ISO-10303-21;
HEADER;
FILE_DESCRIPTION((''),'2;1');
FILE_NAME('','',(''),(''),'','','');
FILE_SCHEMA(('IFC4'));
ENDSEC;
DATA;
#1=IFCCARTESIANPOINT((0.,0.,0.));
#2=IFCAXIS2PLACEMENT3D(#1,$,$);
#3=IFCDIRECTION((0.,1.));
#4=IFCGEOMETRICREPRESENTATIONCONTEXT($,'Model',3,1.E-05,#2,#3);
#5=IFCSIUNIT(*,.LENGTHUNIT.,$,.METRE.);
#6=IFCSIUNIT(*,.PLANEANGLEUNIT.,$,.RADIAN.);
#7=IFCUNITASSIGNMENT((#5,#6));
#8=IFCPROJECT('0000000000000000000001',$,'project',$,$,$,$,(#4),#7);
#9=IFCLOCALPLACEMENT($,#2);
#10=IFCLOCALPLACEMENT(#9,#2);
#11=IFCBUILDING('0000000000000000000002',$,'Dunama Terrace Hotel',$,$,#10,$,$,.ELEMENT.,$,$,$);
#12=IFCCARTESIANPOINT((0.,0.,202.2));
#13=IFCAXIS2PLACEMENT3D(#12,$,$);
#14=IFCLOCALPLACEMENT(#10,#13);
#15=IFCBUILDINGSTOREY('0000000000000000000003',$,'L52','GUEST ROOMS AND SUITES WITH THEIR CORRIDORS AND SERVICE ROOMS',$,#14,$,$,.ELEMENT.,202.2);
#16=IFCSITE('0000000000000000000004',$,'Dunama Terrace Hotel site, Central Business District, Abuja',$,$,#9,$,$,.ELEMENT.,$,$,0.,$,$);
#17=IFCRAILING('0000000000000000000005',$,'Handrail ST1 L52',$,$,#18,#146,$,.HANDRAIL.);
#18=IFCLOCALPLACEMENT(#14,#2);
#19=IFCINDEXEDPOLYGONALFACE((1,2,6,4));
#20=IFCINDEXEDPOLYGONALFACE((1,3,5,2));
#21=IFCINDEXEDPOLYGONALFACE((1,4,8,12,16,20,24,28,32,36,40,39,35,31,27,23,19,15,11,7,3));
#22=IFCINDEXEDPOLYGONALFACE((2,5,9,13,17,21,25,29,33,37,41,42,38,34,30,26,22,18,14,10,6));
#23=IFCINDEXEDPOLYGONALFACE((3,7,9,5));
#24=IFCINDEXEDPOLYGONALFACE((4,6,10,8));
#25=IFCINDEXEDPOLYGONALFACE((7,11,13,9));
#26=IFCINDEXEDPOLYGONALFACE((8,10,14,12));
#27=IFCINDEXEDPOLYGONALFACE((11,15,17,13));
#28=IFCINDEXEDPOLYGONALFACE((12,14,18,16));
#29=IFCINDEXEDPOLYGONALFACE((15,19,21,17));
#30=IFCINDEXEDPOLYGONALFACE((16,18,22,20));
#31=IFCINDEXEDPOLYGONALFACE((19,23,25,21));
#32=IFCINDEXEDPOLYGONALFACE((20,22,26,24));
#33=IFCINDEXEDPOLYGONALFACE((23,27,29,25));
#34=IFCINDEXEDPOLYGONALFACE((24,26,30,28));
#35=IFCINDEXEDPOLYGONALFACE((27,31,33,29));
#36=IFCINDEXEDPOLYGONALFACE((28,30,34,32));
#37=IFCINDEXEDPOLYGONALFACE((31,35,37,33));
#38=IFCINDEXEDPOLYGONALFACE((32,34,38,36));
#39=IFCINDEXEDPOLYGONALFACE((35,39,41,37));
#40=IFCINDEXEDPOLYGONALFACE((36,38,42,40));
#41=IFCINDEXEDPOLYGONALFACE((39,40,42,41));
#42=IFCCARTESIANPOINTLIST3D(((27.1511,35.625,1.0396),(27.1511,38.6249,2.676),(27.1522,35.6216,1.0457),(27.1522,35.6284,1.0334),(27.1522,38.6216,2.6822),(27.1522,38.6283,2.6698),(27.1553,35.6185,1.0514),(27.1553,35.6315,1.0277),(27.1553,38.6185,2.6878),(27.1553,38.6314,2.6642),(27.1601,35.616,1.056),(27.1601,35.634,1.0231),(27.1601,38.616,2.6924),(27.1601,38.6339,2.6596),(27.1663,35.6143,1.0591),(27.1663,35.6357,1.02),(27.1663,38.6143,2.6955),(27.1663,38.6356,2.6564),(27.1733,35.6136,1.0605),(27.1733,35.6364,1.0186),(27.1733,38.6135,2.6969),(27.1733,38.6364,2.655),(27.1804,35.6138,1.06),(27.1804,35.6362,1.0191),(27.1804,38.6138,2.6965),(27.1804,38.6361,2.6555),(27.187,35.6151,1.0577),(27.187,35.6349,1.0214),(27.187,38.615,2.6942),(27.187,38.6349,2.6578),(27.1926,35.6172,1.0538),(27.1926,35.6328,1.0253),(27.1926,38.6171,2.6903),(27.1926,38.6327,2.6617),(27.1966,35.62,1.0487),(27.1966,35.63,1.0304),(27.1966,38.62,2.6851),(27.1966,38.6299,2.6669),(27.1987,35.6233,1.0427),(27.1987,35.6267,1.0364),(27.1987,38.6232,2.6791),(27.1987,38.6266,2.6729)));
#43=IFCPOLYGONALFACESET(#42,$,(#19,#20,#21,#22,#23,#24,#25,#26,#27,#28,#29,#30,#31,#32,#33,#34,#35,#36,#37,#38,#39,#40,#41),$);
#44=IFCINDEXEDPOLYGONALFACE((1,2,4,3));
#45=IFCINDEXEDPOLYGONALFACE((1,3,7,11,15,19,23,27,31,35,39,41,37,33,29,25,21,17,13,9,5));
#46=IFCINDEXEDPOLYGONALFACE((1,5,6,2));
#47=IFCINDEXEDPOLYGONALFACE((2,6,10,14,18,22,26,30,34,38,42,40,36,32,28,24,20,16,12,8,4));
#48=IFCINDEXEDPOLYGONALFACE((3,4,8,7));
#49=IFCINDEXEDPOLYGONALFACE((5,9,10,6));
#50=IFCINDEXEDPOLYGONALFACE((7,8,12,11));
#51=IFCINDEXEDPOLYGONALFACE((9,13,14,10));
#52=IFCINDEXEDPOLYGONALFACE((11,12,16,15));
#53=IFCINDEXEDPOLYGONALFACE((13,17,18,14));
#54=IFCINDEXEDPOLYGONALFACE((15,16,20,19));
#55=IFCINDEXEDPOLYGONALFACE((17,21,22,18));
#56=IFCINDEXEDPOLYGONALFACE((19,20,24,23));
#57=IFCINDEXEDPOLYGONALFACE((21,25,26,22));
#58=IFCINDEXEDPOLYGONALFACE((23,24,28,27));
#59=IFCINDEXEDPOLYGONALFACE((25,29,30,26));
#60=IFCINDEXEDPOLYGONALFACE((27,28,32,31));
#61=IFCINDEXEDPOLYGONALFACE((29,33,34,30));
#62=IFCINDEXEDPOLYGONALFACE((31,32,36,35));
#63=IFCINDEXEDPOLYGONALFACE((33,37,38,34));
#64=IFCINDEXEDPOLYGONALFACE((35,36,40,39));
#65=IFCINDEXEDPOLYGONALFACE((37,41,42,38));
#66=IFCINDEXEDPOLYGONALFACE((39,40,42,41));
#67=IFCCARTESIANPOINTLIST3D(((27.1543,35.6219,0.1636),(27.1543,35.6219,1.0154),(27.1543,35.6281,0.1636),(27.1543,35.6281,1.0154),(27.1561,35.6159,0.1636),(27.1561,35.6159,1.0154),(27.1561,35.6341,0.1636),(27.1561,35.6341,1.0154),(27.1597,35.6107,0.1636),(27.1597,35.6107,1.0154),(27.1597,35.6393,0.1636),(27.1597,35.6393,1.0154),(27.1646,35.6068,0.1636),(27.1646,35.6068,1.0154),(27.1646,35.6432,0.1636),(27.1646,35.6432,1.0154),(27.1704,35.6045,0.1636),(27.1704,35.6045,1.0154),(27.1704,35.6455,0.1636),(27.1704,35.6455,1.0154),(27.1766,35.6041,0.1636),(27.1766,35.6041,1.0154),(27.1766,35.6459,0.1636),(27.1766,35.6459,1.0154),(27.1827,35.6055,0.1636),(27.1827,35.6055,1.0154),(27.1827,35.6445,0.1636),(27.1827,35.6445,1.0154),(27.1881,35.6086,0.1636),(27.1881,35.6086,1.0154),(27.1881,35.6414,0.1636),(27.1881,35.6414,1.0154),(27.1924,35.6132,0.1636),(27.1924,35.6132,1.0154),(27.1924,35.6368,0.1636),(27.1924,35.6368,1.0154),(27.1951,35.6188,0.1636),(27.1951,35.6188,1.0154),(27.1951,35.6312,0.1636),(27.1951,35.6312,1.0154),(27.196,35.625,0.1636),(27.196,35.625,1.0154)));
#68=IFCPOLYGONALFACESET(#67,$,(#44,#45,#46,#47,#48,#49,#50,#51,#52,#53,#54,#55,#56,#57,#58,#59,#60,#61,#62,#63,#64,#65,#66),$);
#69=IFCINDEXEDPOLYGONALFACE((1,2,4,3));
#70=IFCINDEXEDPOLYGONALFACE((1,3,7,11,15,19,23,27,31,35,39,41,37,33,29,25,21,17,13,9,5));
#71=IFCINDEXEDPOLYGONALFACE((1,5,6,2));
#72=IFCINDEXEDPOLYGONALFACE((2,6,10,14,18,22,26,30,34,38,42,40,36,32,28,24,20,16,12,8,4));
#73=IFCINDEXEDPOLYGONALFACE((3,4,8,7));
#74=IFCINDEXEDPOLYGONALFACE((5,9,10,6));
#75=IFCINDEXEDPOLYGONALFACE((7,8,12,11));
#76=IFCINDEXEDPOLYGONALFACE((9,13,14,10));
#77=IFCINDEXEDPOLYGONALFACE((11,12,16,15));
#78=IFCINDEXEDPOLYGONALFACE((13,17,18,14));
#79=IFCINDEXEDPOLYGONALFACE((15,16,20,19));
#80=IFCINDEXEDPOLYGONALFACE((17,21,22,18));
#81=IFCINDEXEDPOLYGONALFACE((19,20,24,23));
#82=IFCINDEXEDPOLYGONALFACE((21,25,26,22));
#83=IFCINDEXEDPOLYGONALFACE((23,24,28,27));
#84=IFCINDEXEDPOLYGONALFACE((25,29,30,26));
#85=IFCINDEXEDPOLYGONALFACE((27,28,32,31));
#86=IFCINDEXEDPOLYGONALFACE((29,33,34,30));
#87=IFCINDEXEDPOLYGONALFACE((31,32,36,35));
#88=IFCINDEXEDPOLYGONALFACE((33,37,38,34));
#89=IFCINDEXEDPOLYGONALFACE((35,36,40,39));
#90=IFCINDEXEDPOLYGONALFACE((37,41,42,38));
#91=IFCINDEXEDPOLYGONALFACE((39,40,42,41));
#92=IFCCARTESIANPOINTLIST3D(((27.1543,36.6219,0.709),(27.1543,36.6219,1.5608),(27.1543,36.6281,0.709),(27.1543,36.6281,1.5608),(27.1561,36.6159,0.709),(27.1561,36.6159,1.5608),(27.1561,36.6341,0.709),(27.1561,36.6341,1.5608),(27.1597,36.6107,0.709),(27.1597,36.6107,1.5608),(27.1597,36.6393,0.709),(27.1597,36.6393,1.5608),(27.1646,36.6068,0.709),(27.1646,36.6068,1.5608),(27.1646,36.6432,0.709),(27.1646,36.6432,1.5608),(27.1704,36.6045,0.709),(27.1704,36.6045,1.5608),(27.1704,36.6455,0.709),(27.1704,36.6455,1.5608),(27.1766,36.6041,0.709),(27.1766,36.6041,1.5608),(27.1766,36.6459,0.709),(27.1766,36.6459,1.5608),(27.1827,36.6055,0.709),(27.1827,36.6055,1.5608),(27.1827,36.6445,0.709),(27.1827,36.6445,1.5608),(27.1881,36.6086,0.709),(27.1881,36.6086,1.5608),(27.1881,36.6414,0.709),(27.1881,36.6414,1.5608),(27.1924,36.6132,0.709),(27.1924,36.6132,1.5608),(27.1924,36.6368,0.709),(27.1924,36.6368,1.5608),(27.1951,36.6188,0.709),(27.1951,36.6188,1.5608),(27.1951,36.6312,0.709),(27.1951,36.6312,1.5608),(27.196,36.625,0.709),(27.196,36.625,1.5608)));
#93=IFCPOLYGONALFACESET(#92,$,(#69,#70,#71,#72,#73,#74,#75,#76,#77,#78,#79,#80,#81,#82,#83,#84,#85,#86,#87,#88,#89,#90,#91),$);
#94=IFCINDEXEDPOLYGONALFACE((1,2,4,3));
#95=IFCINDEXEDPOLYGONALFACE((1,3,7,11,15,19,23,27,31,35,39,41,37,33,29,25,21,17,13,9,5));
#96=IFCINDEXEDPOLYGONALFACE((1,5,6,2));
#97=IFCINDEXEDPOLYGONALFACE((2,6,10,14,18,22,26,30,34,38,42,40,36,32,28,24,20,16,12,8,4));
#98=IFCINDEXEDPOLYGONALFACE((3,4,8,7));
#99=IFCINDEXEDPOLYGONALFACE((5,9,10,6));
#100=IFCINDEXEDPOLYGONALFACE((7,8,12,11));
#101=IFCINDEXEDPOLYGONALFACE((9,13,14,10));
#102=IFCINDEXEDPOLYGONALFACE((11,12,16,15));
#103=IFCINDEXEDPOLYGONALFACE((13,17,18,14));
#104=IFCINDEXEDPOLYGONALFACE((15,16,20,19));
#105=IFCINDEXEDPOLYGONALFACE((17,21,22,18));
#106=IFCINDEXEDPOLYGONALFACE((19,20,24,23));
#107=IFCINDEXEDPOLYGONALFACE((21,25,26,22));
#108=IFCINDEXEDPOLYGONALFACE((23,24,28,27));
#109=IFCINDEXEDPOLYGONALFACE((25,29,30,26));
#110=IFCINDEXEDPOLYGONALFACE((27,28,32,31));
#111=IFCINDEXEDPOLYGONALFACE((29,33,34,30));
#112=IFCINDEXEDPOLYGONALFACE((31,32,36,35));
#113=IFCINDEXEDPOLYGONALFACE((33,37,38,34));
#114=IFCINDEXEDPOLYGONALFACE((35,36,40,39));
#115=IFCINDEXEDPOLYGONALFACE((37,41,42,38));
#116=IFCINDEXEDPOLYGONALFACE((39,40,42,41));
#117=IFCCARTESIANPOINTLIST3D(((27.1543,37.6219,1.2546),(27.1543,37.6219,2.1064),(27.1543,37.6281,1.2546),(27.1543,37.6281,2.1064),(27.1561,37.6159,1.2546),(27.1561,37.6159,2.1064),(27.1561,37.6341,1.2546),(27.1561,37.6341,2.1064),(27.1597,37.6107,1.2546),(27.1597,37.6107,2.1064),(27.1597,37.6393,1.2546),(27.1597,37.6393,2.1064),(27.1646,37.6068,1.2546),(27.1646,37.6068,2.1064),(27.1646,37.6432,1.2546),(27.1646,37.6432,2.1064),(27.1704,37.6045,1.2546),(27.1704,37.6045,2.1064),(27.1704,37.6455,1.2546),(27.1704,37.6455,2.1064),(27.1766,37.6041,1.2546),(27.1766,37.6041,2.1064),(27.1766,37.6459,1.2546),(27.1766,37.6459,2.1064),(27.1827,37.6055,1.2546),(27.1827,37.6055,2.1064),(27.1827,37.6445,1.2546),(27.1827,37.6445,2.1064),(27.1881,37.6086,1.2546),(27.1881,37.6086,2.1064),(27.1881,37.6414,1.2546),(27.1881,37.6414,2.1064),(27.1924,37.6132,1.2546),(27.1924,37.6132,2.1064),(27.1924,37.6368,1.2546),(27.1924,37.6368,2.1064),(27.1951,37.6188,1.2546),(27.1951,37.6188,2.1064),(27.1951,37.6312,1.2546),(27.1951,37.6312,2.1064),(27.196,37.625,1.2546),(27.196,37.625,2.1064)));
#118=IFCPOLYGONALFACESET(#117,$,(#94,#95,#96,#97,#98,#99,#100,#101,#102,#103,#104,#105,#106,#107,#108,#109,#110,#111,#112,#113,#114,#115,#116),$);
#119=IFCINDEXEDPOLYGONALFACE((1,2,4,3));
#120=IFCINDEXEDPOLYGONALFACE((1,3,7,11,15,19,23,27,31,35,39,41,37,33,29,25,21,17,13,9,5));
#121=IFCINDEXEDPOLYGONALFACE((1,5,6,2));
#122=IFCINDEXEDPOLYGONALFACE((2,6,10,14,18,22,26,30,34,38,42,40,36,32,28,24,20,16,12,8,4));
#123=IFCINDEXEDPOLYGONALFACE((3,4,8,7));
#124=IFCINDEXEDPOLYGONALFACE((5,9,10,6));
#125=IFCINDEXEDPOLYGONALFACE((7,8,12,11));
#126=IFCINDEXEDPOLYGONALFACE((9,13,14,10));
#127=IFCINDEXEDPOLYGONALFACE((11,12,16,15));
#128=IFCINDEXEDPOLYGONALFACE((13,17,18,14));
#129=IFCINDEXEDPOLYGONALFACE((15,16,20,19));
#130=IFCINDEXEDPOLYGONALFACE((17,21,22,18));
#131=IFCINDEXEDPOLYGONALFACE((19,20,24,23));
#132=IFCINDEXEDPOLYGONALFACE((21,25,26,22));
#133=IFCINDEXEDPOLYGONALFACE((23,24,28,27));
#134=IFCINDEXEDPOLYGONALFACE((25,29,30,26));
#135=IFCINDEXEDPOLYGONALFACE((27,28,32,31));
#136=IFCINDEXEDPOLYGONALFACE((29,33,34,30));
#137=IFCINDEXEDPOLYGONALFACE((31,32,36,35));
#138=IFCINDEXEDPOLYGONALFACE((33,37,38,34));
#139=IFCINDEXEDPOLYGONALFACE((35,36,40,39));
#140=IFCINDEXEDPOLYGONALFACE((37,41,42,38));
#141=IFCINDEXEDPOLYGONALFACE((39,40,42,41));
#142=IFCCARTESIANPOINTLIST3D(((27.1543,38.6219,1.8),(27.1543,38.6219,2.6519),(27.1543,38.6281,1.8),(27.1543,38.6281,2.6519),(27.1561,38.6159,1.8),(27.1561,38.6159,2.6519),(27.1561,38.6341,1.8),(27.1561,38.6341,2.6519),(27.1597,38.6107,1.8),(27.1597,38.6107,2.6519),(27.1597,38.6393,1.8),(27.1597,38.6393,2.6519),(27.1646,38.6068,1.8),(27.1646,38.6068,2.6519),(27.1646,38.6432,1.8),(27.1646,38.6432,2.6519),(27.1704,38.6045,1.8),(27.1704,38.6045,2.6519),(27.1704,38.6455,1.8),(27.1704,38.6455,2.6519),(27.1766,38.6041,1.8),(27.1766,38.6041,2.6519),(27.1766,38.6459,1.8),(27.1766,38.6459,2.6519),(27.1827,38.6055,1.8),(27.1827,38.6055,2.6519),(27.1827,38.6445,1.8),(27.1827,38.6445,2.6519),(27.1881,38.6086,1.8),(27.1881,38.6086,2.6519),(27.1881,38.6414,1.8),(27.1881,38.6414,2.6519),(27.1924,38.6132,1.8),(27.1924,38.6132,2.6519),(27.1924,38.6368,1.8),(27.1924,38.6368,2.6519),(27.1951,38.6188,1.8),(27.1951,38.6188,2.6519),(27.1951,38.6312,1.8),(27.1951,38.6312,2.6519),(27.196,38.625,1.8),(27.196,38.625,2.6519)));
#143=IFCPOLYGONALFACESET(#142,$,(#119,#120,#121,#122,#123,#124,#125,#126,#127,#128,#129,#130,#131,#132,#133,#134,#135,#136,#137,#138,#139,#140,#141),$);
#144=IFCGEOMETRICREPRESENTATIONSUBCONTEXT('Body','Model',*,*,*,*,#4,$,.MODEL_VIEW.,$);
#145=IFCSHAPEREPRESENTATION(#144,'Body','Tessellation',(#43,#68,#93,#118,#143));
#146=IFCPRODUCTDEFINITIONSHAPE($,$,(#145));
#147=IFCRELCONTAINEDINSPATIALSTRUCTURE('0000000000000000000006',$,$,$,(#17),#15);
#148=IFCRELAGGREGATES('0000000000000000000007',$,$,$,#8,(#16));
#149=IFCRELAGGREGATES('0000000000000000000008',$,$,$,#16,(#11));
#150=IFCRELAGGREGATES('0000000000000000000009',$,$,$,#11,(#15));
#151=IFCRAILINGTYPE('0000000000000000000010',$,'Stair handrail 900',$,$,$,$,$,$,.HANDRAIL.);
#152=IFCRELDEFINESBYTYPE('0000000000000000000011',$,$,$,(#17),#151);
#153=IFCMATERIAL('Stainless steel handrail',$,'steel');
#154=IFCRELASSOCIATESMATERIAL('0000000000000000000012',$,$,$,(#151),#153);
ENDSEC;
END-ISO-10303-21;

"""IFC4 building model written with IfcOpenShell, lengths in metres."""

from ifc_helpers import new_model, si_unit, direction, frame, origin, origin_2d, place, context, subcontext, project, spatial, circle, extrude, material, type_object, element, save


model = new_model("IFC4")

# Units and contexts
model_context = context("Model", 3, precision=1e-05, world=origin(), true_north=direction((0.0, 1.0)))
body_context = subcontext(model_context, "Body", "Model", "MODEL_VIEW")
ifc_project = project(units=[si_unit("LENGTHUNIT", "METRE"), si_unit("PLANEANGLEUNIT", "RADIAN")], contexts=[model_context])

# Site, building, storey
site_placement = place(None, origin())
site = spatial("IfcSite", under=ifc_project, at=site_placement, Name="Dunama Terrace Hotel site, Central Business District, Abuja", CompositionType="ELEMENT", RefElevation=0.0)
building_placement = place(site_placement, origin())
building = spatial("IfcBuilding", under=site, at=building_placement, Name="Dunama Terrace Hotel", CompositionType="ELEMENT")
storey_placement = place(building_placement, frame((0.0, 0.0, 202.2)))
storey = spatial("IfcBuildingStorey", under=building, at=storey_placement, Name="L52", Description="GUEST ROOMS AND SUITES WITH THEIR CORRIDORS AND SERVICE ROOMS", CompositionType="ELEMENT", Elevation=202.2)

# Railing
ifc_material_1 = material(Name="Stainless steel handrail", Category="steel")
railing_type = type_object("IfcRailingType", Name="Stair handrail 900", PredefinedType="HANDRAIL", material=ifc_material_1)
railing_placement = place(storey_placement, frame((27.175, 35.625, 0.1636)))
element("IfcRailing", 1, at=railing_placement, inside=storey, type_object=railing_type, Name="Handrail ST1 L52", PredefinedType="HANDRAIL", context=body_context, shape_type="SweptSolid", body=[
    extrude(circle(Radius=0.0239, at=origin_2d()), frame((0.0, 0.0, 0.876), z_axis=(0.0, 0.877882, 0.478877), x_axis=(-1.0, 0.0, 0.0)), (0.0, 0.0, 1.0), 3.4172),
    extrude(circle(Radius=0.021, at=origin_2d()), origin(), (0.0, 0.0, 1.0), 0.8518),
    extrude(circle(Radius=0.021, at=origin_2d()), frame((0.0, 1.0, 0.5454)), (0.0, 0.0, 1.0), 0.8518),
    extrude(circle(Radius=0.021, at=origin_2d()), frame((0.0, 2.0, 1.0911)), (0.0, 0.0, 1.0), 0.8518),
    extrude(circle(Radius=0.021, at=origin_2d()), frame((0.0, 3.0, 1.6365)), (0.0, 0.0, 1.0), 0.8518),
])

save(model, "model.ifc")
